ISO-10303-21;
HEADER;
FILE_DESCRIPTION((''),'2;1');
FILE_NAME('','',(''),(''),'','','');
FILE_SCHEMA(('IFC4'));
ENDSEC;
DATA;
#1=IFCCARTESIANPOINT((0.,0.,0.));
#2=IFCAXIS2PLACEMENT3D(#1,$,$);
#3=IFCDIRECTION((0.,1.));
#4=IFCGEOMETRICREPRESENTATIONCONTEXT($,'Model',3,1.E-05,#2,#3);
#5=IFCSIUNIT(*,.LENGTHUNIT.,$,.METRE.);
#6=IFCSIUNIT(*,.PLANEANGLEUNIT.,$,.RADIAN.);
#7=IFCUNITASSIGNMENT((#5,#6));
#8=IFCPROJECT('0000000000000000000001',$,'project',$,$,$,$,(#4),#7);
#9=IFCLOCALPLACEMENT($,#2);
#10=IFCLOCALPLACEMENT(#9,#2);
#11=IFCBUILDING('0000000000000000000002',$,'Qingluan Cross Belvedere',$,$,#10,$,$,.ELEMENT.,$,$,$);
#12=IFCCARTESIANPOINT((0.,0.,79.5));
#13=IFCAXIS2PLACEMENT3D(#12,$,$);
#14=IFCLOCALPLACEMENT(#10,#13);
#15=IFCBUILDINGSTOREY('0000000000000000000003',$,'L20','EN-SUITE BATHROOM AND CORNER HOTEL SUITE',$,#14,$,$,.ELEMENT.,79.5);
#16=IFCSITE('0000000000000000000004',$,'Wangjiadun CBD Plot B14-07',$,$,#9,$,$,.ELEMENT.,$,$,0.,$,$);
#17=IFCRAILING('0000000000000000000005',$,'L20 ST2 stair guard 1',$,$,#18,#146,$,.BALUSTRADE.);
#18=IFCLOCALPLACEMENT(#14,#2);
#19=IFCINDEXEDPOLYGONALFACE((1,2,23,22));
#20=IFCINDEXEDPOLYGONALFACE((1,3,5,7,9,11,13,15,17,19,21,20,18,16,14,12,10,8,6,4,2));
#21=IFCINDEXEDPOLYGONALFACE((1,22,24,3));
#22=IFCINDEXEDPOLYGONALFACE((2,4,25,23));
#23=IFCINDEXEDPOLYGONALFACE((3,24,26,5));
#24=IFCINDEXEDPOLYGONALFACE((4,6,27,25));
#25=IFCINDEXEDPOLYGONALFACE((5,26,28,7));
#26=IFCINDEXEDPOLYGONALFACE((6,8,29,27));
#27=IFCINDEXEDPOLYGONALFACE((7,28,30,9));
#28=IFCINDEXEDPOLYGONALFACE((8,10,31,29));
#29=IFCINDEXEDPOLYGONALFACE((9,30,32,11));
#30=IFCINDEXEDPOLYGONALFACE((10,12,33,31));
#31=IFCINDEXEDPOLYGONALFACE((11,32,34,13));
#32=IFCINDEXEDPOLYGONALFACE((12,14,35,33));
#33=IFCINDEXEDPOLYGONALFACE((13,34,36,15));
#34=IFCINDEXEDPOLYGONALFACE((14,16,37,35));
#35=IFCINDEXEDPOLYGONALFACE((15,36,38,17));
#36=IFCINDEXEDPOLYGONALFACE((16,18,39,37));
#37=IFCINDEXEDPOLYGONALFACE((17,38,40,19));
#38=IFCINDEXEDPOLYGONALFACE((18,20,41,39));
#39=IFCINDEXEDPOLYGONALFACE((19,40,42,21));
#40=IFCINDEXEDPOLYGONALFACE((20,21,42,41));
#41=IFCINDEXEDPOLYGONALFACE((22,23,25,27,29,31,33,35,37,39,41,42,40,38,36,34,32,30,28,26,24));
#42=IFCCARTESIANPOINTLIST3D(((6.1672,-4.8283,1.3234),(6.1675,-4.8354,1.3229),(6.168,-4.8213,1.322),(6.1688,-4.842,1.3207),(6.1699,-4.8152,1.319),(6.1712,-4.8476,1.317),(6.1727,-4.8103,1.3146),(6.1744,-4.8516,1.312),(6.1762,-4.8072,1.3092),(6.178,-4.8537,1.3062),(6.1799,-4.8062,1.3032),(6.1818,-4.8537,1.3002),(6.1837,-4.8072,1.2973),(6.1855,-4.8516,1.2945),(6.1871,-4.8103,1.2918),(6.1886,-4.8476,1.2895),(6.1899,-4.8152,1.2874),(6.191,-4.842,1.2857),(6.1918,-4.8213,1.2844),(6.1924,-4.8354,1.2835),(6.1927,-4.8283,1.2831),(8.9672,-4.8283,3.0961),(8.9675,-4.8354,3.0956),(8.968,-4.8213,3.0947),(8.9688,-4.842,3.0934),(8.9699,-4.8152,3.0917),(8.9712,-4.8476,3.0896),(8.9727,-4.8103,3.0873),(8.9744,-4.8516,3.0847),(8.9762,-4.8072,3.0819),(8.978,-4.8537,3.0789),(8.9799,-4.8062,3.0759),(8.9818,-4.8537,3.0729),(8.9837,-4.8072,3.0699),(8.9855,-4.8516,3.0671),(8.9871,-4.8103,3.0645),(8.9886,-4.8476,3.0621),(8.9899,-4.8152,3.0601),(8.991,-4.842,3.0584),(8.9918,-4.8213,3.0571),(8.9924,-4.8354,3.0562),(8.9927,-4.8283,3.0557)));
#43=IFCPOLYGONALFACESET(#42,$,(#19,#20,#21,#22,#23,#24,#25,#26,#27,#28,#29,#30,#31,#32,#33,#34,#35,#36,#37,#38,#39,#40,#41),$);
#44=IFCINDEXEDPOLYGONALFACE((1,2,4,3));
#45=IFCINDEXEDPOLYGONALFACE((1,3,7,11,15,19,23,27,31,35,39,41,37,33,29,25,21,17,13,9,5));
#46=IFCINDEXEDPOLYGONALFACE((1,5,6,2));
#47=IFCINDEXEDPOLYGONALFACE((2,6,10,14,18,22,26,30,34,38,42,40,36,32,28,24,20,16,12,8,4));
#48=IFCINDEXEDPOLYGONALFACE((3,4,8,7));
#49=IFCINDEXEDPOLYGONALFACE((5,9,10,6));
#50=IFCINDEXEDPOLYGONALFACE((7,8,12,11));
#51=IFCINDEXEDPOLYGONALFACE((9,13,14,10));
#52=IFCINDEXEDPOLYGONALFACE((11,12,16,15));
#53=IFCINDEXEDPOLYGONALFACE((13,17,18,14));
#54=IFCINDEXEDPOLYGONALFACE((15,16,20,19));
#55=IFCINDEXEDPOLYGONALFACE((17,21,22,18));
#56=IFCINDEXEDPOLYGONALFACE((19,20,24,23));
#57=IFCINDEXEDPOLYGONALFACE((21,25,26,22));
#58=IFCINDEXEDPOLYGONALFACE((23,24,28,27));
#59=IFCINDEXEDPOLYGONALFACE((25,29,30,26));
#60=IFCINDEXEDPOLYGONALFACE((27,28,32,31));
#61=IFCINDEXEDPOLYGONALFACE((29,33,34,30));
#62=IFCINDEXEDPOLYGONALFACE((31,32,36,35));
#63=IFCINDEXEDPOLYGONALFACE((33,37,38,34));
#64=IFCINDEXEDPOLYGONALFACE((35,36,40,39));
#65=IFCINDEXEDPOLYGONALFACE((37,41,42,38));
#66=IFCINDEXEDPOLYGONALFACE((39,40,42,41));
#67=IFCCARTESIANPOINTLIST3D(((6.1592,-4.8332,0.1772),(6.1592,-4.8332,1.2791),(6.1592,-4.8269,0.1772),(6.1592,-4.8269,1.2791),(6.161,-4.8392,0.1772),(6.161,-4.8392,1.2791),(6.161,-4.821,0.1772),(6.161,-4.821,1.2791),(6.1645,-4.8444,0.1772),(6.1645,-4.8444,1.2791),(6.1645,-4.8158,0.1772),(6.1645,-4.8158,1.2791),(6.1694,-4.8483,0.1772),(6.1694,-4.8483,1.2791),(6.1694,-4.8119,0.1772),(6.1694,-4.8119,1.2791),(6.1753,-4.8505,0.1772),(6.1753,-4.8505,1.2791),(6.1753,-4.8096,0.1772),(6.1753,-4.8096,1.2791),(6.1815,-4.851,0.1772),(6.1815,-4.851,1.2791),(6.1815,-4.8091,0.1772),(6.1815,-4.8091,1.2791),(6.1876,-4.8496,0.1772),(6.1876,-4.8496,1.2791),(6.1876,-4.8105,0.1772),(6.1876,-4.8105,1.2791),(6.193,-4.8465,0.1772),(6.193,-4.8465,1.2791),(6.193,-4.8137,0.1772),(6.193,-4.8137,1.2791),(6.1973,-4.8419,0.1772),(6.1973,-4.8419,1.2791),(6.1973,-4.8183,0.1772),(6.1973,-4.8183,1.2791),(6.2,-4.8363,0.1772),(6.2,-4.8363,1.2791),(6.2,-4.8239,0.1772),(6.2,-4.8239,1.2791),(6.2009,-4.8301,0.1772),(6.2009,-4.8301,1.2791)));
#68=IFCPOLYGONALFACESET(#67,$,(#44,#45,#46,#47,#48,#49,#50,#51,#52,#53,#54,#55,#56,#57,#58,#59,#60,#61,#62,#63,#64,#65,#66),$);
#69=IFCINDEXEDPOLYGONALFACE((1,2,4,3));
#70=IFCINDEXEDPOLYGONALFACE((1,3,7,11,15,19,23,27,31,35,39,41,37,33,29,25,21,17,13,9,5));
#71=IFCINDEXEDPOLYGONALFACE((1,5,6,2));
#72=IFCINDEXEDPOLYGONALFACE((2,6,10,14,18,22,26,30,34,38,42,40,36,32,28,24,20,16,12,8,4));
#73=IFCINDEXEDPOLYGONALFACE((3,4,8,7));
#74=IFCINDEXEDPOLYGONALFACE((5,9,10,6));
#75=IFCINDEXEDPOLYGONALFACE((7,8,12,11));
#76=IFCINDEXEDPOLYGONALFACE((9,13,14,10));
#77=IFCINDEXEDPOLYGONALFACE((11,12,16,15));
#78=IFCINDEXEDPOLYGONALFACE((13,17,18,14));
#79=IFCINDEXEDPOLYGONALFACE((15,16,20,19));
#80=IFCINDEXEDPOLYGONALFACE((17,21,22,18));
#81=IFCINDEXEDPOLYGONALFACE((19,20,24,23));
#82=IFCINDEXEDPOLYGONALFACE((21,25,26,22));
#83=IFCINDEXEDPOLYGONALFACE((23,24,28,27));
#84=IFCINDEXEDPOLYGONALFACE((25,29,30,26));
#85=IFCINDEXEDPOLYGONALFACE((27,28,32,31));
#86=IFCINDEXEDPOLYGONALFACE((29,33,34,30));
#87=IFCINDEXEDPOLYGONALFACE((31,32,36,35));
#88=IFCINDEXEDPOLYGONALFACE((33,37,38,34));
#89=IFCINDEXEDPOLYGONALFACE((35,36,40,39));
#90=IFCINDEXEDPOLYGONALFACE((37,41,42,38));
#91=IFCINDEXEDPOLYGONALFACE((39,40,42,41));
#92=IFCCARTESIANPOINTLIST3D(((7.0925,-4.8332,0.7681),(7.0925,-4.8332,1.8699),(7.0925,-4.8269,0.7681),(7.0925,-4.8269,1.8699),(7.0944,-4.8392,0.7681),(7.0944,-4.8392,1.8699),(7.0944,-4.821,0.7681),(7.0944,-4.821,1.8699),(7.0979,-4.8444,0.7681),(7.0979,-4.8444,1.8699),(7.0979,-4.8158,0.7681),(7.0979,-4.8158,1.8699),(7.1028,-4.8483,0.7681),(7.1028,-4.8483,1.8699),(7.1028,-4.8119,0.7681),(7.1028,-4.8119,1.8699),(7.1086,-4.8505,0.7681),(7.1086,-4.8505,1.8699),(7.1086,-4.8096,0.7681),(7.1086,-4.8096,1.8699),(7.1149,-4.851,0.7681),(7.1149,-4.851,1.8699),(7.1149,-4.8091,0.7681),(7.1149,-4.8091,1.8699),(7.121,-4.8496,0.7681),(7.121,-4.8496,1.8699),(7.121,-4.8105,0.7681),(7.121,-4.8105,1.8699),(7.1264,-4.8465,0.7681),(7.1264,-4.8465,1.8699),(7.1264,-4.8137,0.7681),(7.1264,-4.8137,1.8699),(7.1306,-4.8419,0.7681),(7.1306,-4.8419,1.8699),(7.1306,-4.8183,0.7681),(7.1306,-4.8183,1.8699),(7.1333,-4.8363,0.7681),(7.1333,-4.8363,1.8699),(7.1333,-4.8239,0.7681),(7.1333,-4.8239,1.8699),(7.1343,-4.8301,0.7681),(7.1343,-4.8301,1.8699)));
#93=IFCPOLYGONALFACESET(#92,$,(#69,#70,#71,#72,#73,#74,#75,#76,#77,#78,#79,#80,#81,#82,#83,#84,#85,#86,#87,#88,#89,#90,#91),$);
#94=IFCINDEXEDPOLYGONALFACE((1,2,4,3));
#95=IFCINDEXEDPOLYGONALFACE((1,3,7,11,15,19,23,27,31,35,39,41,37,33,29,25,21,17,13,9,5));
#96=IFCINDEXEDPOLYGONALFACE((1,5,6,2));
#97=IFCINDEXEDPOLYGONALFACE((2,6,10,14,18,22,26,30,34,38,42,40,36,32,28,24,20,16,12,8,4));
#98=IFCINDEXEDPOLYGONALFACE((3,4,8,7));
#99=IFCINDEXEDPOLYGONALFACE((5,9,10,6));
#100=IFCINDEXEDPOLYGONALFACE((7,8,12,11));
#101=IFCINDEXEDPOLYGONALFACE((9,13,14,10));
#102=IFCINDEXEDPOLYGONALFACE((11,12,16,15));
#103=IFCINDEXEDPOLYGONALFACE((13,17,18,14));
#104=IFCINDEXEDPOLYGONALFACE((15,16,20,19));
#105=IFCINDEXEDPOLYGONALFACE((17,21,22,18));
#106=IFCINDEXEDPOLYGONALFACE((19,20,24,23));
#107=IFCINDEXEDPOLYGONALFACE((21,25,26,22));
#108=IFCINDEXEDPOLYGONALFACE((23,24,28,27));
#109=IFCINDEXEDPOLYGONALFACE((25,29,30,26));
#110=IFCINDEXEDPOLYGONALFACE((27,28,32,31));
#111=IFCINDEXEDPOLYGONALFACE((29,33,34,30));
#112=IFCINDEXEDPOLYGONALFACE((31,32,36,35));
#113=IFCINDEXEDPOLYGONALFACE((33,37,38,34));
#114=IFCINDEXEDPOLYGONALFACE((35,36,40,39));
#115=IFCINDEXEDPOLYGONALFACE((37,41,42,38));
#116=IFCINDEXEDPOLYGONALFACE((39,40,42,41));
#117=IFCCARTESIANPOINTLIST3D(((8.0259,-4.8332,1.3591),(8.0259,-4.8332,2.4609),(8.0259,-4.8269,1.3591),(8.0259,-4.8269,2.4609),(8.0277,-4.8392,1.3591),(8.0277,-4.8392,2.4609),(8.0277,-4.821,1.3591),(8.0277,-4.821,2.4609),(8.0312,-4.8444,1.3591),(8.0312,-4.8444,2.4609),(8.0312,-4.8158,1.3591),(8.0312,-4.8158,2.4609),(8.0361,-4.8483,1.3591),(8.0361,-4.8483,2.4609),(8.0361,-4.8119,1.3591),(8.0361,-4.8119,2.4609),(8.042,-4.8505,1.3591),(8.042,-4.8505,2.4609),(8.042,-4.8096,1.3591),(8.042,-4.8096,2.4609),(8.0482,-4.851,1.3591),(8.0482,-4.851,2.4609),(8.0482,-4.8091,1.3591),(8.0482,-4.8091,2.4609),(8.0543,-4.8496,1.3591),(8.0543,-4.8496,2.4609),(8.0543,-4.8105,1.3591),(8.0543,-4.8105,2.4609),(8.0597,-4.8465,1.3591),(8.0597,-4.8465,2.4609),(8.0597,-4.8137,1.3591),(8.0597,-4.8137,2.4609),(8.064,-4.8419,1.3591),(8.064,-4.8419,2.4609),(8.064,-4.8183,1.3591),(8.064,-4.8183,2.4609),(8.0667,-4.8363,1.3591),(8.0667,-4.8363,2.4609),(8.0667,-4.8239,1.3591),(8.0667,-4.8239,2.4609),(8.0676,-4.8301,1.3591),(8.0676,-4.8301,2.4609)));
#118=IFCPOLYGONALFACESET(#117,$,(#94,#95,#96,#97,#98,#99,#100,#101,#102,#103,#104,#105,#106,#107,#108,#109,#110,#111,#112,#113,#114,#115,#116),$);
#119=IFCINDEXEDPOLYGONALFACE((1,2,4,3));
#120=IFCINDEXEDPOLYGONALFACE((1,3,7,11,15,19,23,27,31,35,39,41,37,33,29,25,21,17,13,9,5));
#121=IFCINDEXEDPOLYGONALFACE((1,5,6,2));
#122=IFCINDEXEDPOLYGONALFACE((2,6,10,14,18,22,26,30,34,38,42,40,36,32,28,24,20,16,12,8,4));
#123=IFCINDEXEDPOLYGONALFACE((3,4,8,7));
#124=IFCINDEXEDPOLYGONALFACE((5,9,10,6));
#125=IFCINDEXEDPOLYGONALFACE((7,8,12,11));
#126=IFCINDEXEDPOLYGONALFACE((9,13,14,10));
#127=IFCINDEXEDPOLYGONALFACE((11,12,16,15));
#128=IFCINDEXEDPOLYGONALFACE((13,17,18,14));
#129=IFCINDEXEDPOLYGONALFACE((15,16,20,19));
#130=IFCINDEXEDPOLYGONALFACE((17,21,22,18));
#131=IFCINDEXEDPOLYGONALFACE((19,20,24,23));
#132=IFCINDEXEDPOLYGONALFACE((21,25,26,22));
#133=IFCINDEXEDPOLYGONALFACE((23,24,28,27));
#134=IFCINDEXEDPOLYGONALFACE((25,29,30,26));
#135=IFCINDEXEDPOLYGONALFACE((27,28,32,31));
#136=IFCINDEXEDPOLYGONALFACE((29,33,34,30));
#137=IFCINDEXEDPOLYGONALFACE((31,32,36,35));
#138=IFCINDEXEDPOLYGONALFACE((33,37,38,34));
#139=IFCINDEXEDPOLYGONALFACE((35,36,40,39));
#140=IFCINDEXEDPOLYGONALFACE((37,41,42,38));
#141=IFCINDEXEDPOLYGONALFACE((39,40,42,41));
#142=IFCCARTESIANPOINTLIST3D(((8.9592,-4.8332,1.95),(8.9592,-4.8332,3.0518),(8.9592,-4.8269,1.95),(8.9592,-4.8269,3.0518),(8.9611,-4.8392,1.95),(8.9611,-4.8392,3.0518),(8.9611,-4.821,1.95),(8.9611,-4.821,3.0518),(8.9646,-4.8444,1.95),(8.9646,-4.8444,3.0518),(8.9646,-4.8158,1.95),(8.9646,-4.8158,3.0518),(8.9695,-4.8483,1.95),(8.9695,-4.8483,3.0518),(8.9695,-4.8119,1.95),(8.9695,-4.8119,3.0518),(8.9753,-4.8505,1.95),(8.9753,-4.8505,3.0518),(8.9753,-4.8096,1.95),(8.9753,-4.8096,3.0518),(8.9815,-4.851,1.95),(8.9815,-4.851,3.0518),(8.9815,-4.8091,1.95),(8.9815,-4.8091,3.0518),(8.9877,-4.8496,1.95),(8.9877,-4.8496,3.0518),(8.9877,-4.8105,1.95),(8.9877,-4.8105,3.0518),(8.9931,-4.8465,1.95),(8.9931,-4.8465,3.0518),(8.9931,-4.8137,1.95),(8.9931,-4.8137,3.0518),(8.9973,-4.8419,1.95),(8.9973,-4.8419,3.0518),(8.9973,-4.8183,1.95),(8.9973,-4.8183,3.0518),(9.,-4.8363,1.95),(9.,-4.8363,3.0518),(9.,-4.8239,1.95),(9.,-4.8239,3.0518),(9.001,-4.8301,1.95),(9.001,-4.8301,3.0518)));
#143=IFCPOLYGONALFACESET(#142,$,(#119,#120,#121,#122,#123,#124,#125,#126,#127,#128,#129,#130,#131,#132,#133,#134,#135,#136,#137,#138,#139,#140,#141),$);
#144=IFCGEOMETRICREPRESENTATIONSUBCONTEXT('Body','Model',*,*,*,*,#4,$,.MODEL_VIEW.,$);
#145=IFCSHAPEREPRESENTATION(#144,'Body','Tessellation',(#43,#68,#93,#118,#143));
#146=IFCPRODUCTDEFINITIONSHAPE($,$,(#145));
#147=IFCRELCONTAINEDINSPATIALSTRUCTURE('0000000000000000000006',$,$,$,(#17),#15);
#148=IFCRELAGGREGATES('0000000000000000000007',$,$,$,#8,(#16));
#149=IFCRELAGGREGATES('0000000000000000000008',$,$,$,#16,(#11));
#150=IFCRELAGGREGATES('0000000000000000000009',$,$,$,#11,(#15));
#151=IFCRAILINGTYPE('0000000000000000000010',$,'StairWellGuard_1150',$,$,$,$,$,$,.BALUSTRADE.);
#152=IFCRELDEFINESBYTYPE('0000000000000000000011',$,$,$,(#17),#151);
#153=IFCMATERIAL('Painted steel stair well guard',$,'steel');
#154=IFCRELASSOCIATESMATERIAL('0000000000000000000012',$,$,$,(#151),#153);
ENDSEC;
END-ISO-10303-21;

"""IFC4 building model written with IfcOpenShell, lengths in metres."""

from ifc_helpers import new_model, si_unit, direction, frame, origin, origin_2d, place, context, subcontext, project, spatial, circle, extrude, material, type_object, element, save


model = new_model("IFC4")

# Units and contexts
model_context = context("Model", 3, precision=1e-05, world=origin(), true_north=direction((0.0, 1.0)))
body_context = subcontext(model_context, "Body", "Model", "MODEL_VIEW")
ifc_project = project(units=[si_unit("LENGTHUNIT", "METRE"), si_unit("PLANEANGLEUNIT", "RADIAN")], contexts=[model_context])

# Site, building, storey
site_placement = place(None, origin())
site = spatial("IfcSite", under=ifc_project, at=site_placement, Name="Wangjiadun CBD Plot B14-07", CompositionType="ELEMENT", RefElevation=0.0)
building_placement = place(site_placement, origin())
building = spatial("IfcBuilding", under=site, at=building_placement, Name="Qingluan Cross Belvedere", CompositionType="ELEMENT")
storey_placement = place(building_placement, frame((0.0, 0.0, 79.5)))
storey = spatial("IfcBuildingStorey", under=building, at=storey_placement, Name="L20", Description="EN-SUITE BATHROOM AND CORNER HOTEL SUITE", CompositionType="ELEMENT", Elevation=79.5)

# Railing
ifc_material_1 = material(Name="Painted steel stair well guard", Category="steel")
railing_type_1 = type_object("IfcRailingType", Name="StairWellGuard_1150", PredefinedType="BALUSTRADE", material=ifc_material_1)
railing_1_placement = place(storey_placement, frame((6.1799, -4.8301, 0.1772)))
element("IfcRailing", 1, at=railing_1_placement, inside=storey, type_object=railing_type_1, Name="L20 ST2 stair guard 1", PredefinedType="BALUSTRADE", context=body_context, shape_type="SweptSolid", body=[
    extrude(circle(Radius=0.0239, at=origin_2d()), frame((0.0, 0.0, 1.126), z_axis=(0.844909, 0.0, 0.53491), x_axis=(0.0, 1.0, 0.0)), (0.0, 0.0, 1.0), 3.314),
    extrude(circle(Radius=0.021, at=origin_2d()), origin(), (0.0, 0.0, 1.0), 1.1018),
    extrude(circle(Radius=0.021, at=origin_2d()), frame((0.9333, 0.0, 0.5908)), (0.0, 0.0, 1.0), 1.1018),
    extrude(circle(Radius=0.021, at=origin_2d()), frame((1.8667, 0.0, 1.1819)), (0.0, 0.0, 1.0), 1.1018),
    extrude(circle(Radius=0.021, at=origin_2d()), frame((2.8, 0.0, 1.7727)), (0.0, 0.0, 1.0), 1.1018),
])

save(model, "model.ifc")
